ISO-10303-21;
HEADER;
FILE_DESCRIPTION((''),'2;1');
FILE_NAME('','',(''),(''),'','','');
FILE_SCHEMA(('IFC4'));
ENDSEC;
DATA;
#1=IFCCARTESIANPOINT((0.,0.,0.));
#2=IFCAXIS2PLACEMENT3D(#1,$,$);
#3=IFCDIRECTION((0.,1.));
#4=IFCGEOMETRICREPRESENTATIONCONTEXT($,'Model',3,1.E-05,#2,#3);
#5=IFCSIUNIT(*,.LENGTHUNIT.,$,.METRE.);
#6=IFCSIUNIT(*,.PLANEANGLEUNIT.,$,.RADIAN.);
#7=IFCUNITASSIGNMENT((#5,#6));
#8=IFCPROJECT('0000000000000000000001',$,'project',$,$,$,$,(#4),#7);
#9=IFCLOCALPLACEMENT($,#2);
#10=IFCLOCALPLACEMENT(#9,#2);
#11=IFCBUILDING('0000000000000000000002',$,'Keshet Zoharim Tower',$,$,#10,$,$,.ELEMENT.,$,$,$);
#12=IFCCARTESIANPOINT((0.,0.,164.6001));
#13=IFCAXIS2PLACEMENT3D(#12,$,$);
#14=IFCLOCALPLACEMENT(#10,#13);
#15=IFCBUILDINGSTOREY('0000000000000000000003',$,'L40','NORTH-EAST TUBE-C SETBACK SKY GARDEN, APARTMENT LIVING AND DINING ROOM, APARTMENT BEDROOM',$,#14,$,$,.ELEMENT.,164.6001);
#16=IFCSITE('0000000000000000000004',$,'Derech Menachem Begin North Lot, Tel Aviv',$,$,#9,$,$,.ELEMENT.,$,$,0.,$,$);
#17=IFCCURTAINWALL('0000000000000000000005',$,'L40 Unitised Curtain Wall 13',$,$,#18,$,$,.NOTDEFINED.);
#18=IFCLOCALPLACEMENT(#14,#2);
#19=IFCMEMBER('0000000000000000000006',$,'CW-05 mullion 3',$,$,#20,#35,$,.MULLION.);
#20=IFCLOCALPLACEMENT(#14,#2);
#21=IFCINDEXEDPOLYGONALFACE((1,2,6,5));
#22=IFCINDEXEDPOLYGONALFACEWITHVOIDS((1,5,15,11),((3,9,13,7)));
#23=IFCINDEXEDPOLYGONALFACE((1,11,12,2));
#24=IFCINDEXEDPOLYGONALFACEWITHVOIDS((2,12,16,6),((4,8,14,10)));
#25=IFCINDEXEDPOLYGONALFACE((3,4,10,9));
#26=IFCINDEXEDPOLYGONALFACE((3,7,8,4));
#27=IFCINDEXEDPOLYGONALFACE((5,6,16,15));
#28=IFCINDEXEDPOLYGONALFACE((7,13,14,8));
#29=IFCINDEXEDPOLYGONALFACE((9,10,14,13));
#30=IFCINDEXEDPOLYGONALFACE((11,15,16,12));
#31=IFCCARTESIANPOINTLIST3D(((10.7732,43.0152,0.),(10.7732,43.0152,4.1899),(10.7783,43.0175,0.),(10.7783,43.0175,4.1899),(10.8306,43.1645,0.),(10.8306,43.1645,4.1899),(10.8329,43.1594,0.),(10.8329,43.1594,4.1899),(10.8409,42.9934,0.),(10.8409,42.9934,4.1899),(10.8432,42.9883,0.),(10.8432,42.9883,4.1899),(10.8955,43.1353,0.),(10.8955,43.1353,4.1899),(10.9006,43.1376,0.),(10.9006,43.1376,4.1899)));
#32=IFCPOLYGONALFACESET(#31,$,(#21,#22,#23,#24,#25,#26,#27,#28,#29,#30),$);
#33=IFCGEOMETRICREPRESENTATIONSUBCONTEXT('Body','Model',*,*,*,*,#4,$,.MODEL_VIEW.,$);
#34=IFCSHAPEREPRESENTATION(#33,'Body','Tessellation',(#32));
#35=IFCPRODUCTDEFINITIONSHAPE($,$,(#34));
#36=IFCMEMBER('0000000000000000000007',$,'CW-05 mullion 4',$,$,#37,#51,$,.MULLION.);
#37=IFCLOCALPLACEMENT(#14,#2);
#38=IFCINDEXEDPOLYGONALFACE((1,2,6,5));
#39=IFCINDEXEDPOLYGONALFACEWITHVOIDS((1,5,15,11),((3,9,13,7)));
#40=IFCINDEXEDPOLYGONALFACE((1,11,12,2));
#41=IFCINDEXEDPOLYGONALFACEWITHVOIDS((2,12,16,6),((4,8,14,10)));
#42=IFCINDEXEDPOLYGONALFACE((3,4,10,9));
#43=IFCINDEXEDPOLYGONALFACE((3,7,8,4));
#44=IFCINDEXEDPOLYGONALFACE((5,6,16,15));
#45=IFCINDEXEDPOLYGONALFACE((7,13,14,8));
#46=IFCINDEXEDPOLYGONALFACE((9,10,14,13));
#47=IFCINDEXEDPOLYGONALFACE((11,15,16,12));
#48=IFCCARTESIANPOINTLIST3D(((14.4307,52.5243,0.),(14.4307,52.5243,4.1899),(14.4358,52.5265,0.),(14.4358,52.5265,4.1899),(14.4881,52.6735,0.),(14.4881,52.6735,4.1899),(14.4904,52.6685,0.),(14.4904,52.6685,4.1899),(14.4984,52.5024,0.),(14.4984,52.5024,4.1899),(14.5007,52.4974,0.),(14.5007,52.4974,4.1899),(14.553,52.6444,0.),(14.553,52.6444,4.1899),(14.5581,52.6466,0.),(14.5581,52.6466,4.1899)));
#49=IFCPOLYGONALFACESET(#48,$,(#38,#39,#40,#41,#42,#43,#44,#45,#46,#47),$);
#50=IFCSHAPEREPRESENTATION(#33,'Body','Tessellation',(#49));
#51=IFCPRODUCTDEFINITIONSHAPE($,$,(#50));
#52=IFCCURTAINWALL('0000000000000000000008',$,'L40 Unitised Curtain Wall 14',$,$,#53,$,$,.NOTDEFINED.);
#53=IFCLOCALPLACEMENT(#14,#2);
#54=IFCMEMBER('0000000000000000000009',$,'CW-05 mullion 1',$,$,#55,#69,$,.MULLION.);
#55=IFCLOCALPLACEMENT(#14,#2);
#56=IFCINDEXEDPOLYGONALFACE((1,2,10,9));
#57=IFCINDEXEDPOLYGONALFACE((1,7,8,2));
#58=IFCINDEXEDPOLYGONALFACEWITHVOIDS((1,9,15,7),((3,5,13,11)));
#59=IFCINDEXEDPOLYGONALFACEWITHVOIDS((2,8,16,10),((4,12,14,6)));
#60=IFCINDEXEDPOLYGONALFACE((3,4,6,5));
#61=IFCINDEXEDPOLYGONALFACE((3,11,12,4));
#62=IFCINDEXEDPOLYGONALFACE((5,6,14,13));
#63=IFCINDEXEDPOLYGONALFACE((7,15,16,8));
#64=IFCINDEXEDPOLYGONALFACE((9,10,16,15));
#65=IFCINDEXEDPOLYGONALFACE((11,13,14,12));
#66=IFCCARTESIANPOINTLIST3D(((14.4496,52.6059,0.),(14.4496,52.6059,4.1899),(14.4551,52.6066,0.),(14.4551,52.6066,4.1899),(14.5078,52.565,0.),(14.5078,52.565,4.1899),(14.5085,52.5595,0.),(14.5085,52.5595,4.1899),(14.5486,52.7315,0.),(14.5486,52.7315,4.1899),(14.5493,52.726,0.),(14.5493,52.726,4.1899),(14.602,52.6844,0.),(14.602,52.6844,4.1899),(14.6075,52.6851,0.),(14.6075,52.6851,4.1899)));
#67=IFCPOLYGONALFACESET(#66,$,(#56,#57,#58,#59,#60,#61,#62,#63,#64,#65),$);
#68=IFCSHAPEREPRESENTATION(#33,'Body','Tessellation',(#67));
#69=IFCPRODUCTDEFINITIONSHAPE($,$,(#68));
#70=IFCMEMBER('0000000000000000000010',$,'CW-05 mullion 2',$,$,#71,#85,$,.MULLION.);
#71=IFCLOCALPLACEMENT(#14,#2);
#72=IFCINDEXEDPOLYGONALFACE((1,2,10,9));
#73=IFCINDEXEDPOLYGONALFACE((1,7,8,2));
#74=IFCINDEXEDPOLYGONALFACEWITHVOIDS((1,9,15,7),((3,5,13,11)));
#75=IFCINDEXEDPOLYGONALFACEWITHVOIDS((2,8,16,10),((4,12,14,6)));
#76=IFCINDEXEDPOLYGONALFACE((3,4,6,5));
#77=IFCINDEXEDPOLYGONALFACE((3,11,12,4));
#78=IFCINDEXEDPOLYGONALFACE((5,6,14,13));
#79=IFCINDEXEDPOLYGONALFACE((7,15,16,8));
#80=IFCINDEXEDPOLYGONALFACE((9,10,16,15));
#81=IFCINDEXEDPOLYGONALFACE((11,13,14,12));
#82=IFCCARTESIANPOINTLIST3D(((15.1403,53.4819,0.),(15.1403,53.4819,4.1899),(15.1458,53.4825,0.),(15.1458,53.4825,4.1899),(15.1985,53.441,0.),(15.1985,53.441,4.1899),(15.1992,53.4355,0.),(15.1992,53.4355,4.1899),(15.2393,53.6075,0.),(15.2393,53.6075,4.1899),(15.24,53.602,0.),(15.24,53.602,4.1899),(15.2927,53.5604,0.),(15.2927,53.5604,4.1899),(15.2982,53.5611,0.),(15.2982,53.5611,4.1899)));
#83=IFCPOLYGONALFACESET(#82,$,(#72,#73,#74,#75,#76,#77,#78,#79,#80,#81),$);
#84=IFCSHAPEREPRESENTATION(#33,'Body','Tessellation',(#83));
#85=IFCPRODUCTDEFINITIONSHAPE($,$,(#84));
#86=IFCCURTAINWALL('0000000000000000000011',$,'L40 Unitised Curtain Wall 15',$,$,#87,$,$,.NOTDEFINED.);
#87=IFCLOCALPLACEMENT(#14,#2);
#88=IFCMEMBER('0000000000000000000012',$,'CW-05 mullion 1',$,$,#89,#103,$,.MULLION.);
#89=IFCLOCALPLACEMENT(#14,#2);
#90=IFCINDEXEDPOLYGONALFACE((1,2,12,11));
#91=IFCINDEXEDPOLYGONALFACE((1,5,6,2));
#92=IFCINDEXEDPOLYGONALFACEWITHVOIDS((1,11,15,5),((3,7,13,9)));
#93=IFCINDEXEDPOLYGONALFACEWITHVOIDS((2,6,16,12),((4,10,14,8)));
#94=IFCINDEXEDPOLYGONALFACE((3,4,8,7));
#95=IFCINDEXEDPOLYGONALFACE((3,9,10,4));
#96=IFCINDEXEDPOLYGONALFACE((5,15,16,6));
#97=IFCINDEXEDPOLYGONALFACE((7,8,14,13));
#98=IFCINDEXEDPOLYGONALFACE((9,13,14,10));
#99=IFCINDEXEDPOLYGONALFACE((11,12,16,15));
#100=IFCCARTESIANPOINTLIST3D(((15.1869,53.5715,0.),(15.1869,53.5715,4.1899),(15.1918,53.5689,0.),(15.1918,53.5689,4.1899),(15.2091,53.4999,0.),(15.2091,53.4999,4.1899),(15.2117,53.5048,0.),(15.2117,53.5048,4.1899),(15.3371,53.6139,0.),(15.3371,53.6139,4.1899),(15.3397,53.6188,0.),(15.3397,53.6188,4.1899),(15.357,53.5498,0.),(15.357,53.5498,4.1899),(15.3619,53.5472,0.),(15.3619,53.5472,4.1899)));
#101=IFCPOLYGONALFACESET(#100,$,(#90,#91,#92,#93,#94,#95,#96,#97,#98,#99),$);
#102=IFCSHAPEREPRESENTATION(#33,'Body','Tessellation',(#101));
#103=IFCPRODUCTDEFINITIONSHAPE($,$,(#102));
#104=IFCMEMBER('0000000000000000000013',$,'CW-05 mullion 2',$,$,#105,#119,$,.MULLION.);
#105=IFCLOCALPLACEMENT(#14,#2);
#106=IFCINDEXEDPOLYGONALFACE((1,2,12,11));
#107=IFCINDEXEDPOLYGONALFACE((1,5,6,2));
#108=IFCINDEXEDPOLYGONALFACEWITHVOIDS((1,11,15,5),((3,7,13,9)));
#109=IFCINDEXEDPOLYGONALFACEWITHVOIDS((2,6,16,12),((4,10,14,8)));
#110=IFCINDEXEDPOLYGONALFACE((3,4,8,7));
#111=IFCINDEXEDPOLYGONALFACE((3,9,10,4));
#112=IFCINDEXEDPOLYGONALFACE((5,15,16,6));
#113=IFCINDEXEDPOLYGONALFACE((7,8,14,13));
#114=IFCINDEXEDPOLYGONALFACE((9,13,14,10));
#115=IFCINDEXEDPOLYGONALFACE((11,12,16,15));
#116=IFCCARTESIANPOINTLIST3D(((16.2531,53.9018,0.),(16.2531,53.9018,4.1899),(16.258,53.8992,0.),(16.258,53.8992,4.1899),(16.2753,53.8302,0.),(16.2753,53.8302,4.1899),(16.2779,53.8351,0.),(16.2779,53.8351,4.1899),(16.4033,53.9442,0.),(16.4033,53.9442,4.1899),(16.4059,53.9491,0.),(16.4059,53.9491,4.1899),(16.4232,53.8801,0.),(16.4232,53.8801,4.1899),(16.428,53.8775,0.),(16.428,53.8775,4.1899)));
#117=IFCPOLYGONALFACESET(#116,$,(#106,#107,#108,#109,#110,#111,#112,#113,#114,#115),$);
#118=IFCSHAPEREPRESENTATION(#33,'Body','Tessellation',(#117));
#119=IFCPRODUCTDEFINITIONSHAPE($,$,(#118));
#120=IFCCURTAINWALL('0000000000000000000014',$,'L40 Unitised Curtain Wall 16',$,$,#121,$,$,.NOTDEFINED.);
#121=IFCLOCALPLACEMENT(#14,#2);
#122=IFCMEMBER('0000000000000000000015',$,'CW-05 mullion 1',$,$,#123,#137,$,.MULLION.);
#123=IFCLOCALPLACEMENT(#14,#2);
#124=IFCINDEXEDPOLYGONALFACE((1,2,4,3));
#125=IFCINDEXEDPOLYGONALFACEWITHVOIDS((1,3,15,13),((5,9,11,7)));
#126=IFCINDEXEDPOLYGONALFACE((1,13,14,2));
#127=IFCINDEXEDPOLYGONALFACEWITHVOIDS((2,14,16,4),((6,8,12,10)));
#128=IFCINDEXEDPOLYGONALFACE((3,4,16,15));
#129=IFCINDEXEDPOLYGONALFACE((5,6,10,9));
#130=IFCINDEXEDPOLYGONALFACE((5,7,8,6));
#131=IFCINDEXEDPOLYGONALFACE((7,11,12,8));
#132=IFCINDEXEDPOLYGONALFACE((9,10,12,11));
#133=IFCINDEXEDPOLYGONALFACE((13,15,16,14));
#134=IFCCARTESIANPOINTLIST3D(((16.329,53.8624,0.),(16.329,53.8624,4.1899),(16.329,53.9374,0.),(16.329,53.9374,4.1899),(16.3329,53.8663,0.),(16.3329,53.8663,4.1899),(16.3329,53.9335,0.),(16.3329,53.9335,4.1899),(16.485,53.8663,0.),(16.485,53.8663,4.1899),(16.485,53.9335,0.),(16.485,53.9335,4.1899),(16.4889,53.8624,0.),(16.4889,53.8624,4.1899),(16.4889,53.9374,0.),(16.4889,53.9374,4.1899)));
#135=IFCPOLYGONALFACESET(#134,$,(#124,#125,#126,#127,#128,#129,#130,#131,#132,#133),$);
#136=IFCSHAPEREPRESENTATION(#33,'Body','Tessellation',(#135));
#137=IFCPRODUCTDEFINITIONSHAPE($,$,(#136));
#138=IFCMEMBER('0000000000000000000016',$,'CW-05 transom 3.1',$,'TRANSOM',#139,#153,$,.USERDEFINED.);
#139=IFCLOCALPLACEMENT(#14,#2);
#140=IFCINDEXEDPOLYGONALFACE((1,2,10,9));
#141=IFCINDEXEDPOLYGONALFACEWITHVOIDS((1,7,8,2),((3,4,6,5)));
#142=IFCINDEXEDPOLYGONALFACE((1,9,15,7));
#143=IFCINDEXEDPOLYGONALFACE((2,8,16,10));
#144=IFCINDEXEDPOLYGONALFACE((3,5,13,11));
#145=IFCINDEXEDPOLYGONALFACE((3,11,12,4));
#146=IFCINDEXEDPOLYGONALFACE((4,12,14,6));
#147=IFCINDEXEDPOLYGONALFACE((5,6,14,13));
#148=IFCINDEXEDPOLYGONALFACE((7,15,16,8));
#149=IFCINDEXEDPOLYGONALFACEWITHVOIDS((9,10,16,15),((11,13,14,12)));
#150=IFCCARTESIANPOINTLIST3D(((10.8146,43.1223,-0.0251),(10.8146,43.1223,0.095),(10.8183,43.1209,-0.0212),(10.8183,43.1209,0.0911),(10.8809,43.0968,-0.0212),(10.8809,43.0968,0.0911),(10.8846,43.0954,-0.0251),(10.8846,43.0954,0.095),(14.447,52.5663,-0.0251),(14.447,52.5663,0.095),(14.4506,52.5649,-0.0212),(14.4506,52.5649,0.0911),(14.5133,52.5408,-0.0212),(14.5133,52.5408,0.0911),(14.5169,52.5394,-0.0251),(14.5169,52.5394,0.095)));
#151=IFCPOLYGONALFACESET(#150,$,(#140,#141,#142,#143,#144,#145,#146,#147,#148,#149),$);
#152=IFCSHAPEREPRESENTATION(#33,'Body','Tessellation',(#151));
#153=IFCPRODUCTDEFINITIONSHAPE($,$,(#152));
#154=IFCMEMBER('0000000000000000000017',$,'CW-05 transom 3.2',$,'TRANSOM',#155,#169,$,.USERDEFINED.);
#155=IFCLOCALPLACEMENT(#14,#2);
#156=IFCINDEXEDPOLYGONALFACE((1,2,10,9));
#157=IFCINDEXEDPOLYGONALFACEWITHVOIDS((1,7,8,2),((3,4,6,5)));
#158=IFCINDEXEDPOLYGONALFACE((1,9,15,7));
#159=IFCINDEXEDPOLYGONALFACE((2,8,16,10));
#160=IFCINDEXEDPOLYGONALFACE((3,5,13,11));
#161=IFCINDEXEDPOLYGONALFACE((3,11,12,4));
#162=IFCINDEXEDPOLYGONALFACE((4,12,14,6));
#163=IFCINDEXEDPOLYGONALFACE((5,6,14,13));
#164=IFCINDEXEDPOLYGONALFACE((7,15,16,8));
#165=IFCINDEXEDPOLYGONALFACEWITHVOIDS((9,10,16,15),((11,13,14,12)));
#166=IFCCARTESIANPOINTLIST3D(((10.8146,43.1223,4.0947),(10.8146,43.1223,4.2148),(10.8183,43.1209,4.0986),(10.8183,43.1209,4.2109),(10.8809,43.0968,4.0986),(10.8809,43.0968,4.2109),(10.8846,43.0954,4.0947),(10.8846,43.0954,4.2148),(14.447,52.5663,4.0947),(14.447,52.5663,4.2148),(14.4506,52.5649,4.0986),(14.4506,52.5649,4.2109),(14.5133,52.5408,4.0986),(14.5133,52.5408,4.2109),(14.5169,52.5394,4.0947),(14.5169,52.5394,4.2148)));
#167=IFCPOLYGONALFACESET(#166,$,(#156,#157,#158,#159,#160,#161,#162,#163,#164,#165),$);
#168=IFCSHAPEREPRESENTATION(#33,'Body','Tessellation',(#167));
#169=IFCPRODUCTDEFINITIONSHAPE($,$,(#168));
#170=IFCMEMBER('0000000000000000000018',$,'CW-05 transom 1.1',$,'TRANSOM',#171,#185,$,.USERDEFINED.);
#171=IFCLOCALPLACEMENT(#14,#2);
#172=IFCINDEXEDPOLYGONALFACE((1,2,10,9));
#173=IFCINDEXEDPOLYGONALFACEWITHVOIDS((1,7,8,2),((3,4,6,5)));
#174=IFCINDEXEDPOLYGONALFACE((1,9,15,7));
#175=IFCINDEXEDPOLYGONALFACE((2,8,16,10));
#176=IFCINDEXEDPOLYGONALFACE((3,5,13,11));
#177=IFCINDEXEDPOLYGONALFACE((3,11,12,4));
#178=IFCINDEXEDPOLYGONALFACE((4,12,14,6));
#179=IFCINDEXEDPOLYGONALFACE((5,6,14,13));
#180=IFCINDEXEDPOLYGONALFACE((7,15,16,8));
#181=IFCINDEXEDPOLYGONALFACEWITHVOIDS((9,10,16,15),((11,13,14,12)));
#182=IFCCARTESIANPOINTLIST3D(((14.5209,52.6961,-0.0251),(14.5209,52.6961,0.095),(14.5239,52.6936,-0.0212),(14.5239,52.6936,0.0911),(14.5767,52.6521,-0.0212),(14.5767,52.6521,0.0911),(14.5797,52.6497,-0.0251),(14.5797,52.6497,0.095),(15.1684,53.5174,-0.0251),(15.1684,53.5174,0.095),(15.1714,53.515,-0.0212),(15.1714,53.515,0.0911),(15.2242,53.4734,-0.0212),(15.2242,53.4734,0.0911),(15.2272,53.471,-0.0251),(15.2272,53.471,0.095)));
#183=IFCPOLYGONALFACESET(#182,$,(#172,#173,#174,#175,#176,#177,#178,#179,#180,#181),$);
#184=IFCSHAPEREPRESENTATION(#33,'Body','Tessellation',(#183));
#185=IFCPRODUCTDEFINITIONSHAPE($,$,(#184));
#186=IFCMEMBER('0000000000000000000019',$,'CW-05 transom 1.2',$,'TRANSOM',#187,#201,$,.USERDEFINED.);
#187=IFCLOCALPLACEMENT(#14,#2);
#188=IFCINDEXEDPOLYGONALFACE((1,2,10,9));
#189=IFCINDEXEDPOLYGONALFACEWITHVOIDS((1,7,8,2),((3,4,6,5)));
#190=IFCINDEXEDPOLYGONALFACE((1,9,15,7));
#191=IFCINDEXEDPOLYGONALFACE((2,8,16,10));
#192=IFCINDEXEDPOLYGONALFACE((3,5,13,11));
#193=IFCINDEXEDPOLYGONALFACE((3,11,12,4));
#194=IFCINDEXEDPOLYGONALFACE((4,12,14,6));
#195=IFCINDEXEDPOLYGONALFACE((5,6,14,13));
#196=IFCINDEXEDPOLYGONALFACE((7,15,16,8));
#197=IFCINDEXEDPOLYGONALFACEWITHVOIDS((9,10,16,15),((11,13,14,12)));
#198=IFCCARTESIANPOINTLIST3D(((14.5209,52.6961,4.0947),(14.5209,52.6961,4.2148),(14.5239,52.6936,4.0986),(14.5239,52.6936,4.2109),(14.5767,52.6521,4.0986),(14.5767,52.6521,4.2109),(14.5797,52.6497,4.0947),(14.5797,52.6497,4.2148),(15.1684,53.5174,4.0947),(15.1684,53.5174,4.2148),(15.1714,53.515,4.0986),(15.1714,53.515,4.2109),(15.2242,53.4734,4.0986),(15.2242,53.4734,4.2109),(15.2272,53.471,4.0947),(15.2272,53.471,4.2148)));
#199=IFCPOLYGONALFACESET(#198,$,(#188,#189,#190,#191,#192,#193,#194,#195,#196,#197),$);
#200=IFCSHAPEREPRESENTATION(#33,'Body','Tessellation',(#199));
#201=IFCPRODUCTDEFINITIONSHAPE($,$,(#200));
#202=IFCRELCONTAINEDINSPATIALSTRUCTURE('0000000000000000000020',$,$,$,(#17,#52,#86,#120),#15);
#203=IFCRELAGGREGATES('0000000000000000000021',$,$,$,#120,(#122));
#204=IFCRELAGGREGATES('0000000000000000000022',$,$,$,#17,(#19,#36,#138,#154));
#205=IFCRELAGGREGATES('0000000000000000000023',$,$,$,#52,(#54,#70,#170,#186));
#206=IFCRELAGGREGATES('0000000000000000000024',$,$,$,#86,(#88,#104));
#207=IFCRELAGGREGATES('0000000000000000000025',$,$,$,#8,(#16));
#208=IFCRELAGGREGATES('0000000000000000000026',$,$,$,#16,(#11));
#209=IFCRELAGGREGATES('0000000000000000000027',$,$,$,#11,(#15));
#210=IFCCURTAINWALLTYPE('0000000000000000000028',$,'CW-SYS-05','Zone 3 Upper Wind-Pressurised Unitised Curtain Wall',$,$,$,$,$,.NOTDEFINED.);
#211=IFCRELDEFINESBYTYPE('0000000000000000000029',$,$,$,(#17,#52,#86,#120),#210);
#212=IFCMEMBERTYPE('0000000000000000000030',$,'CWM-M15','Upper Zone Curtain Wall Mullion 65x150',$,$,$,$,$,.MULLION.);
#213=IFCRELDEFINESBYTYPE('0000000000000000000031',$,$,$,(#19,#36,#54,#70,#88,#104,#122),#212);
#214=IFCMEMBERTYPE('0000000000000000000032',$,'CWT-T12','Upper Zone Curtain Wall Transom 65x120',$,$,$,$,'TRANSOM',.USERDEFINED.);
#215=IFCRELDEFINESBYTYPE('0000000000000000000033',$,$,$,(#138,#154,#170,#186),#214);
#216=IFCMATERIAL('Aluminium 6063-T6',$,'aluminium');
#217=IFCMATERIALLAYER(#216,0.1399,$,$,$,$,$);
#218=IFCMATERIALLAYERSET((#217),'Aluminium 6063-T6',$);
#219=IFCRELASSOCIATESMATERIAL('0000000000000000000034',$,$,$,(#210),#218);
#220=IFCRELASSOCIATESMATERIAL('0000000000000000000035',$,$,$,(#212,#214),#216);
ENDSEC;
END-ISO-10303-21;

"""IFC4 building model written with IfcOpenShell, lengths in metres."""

from ifc_helpers import new_model, si_unit, direction, frame, origin, origin_2d, place, context, subcontext, project, spatial, hollow_rectangle, extrude, material, layer, layer_set, material_profile, profile_set, type_object, element, aggregate, save


model = new_model("IFC4")

# Units and contexts
model_context = context("Model", 3, precision=1e-05, world=origin(), true_north=direction((0.0, 1.0)))
body_context = subcontext(model_context, "Body", "Model", "MODEL_VIEW")
ifc_project = project(units=[si_unit("LENGTHUNIT", "METRE"), si_unit("PLANEANGLEUNIT", "RADIAN")], contexts=[model_context])

# Site, building, storey
site_placement = place(None, origin())
site = spatial("IfcSite", under=ifc_project, at=site_placement, Name="Derech Menachem Begin North Lot, Tel Aviv", CompositionType="ELEMENT", RefElevation=0.0)
building_placement = place(site_placement, origin())
building = spatial("IfcBuilding", under=site, at=building_placement, Name="Keshet Zoharim Tower", CompositionType="ELEMENT")
storey_placement = place(building_placement, frame((0.0, 0.0, 164.6001)))
storey = spatial("IfcBuildingStorey", under=building, at=storey_placement, Name="L40", Description="NORTH-EAST TUBE-C SETBACK SKY GARDEN, APARTMENT LIVING AND DINING ROOM, APARTMENT BEDROOM", CompositionType="ELEMENT", Elevation=164.6001)

# Curtain walls, members
ifc_material_1 = material(Name="Aluminium 6063-T6", Category="aluminium")
ifc_layer_1 = layer(ifc_material_1, 0.1399)
ifc_layer_set_1 = layer_set([ifc_layer_1], Name="Aluminium 6063-T6")
curtain_wall_type = type_object("IfcCurtainWallType", Name="CW-SYS-05", Description="Zone 3 Upper Wind-Pressurised Unitised Curtain Wall", PredefinedType="NOTDEFINED", material=ifc_layer_set_1)
curtain_wall_1_placement = place(storey_placement, origin())
curtain_wall_1 = element("IfcCurtainWall", 1, at=curtain_wall_1_placement, inside=storey, type_object=curtain_wall_type, Name="L40 Unitised Curtain Wall 13", PredefinedType="NOTDEFINED")
ifc_material_profile_1 = material_profile(ifc_material_1, hollow_rectangle(XDim=0.075, YDim=0.1599, WallThickness=0.0039, at=origin_2d()), Name="MUL-75x160")
ifc_profile_set_1 = profile_set([ifc_material_profile_1], Name="Aluminium 6063-T6")
member_type_1 = type_object("IfcMemberType", Name="CWM-M15", Description="Upper Zone Curtain Wall Mullion 65x150", PredefinedType="MULLION", material=ifc_profile_set_1)
member_1_placement = place(storey_placement, frame((10.8369, 43.0764, 0.0), z_axis=(0.0, 0.0, 1.0), x_axis=(-0.933341, 0.35899, 0.0)))
member_1 = element("IfcMember", 2, at=member_1_placement, type_object=member_type_1, Name="CW-05 mullion 3", PredefinedType="MULLION", context=body_context, shape_type="SweptSolid", body=[
    extrude(hollow_rectangle(XDim=0.075, YDim=0.1599, WallThickness=0.0039, at=origin_2d()), origin(), (0.0, 0.0, 1.0), 4.1899),
])
member_2_placement = place(storey_placement, frame((14.4944, 52.5854, 0.0), z_axis=(0.0, 0.0, 1.0), x_axis=(-0.933341, 0.35899, 0.0)))
member_2 = element("IfcMember", 3, at=member_2_placement, type_object=member_type_1, Name="CW-05 mullion 4", PredefinedType="MULLION", context=body_context, shape_type="SweptSolid", body=[
    extrude(hollow_rectangle(XDim=0.075, YDim=0.1599, WallThickness=0.0039, at=origin_2d()), origin(), (0.0, 0.0, 1.0), 4.1899),
])
curtain_wall_2_placement = place(storey_placement, origin())
curtain_wall_2 = element("IfcCurtainWall", 4, at=curtain_wall_2_placement, inside=storey, type_object=curtain_wall_type, Name="L40 Unitised Curtain Wall 14", PredefinedType="NOTDEFINED")
member_3_placement = place(storey_placement, frame((14.5286, 52.6455, 0.0), z_axis=(0.0, 0.0, 1.0), x_axis=(-0.785293, 0.619125, 0.0)))
member_3 = element("IfcMember", 5, at=member_3_placement, type_object=member_type_1, Name="CW-05 mullion 1", PredefinedType="MULLION", context=body_context, shape_type="SweptSolid", body=[
    extrude(hollow_rectangle(XDim=0.075, YDim=0.1599, WallThickness=0.0039, at=origin_2d()), origin(), (0.0, 0.0, 1.0), 4.1899),
])
member_4_placement = place(storey_placement, frame((15.2192, 53.5215, 0.0), z_axis=(0.0, 0.0, 1.0), x_axis=(-0.785293, 0.619125, 0.0)))
member_4 = element("IfcMember", 6, at=member_4_placement, type_object=member_type_1, Name="CW-05 mullion 2", PredefinedType="MULLION", context=body_context, shape_type="SweptSolid", body=[
    extrude(hollow_rectangle(XDim=0.075, YDim=0.1599, WallThickness=0.0039, at=origin_2d()), origin(), (0.0, 0.0, 1.0), 4.1899),
])
curtain_wall_3_placement = place(storey_placement, origin())
curtain_wall_3 = element("IfcCurtainWall", 7, at=curtain_wall_3_placement, inside=storey, type_object=curtain_wall_type, Name="L40 Unitised Curtain Wall 15", PredefinedType="NOTDEFINED")
member_5_placement = place(storey_placement, frame((15.2744, 53.5593, 0.0), z_axis=(0.0, 0.0, 1.0), x_axis=(-0.295922, 0.955212, 0.0)))
member_5 = element("IfcMember", 8, at=member_5_placement, type_object=member_type_1, Name="CW-05 mullion 1", PredefinedType="MULLION", context=body_context, shape_type="SweptSolid", body=[
    extrude(hollow_rectangle(XDim=0.075, YDim=0.1599, WallThickness=0.0039, at=origin_2d()), origin(), (0.0, 0.0, 1.0), 4.1899),
])
member_6_placement = place(storey_placement, frame((16.3406, 53.8896, 0.0), z_axis=(0.0, 0.0, 1.0), x_axis=(-0.295922, 0.955212, 0.0)))
member_6 = element("IfcMember", 9, at=member_6_placement, type_object=member_type_1, Name="CW-05 mullion 2", PredefinedType="MULLION", context=body_context, shape_type="SweptSolid", body=[
    extrude(hollow_rectangle(XDim=0.075, YDim=0.1599, WallThickness=0.0039, at=origin_2d()), origin(), (0.0, 0.0, 1.0), 4.1899),
])

# Curtain wall, member
curtain_wall_4_placement = place(storey_placement, origin())
curtain_wall_4 = element("IfcCurtainWall", 10, at=curtain_wall_4_placement, inside=storey, type_object=curtain_wall_type, Name="L40 Unitised Curtain Wall 16", PredefinedType="NOTDEFINED")
member_7_placement = place(storey_placement, frame((16.4089, 53.8999, 0.0), z_axis=(0.0, 0.0, 1.0), x_axis=(0.0, 1.0, 0.0)))
member_7 = element("IfcMember", 11, at=member_7_placement, type_object=member_type_1, Name="CW-05 mullion 1", PredefinedType="MULLION", context=body_context, shape_type="SweptSolid", body=[
    extrude(hollow_rectangle(XDim=0.075, YDim=0.1599, WallThickness=0.0039, at=origin_2d()), origin(), (0.0, 0.0, 1.0), 4.1899),
])

# Members
ifc_material_profile_2 = material_profile(ifc_material_1, hollow_rectangle(XDim=0.075, YDim=0.1201, WallThickness=0.0039, at=origin_2d()), Name="TRN-75x120")
ifc_profile_set_2 = profile_set([ifc_material_profile_2], Name="Aluminium 6063-T6")
member_type_2 = type_object("IfcMemberType", Name="CWT-T12", Description="Upper Zone Curtain Wall Transom 65x120", ElementType="TRANSOM", PredefinedType="USERDEFINED", material=ifc_profile_set_2)
member_8_placement = place(storey_placement, frame((10.8496, 43.1089, 0.0349), z_axis=(0.358986, 0.933343, 0.0), x_axis=(-0.933343, 0.358986, 0.0)))
member_8 = element("IfcMember", 12, at=member_8_placement, type_object=member_type_2, Name="CW-05 transom 3.1", ObjectType="TRANSOM", PredefinedType="USERDEFINED", context=body_context, shape_type="SweptSolid", body=[
    extrude(hollow_rectangle(XDim=0.075, YDim=0.1201, WallThickness=0.0039, at=origin_2d()), origin(), (0.0, 0.0, 1.0), 10.1184),
])
member_9_placement = place(storey_placement, frame((10.8496, 43.1089, 4.1548), z_axis=(0.358986, 0.933343, 0.0), x_axis=(-0.933343, 0.358986, 0.0)))
member_9 = element("IfcMember", 13, at=member_9_placement, type_object=member_type_2, Name="CW-05 transom 3.2", ObjectType="TRANSOM", PredefinedType="USERDEFINED", context=body_context, shape_type="SweptSolid", body=[
    extrude(hollow_rectangle(XDim=0.075, YDim=0.1201, WallThickness=0.0039, at=origin_2d()), origin(), (0.0, 0.0, 1.0), 10.1184),
])
member_10_placement = place(storey_placement, frame((14.5503, 52.6729, 0.0349), z_axis=(0.619099, 0.785313, 0.0), x_axis=(-0.785313, 0.619099, 0.0)))
member_10 = element("IfcMember", 14, at=member_10_placement, type_object=member_type_2, Name="CW-05 transom 1.1", ObjectType="TRANSOM", PredefinedType="USERDEFINED", context=body_context, shape_type="SweptSolid", body=[
    extrude(hollow_rectangle(XDim=0.075, YDim=0.1201, WallThickness=0.0039, at=origin_2d()), origin(), (0.0, 0.0, 1.0), 1.0459),
])
member_11_placement = place(storey_placement, frame((14.5503, 52.6729, 4.1548), z_axis=(0.619099, 0.785313, 0.0), x_axis=(-0.785313, 0.619099, 0.0)))
member_11 = element("IfcMember", 15, at=member_11_placement, type_object=member_type_2, Name="CW-05 transom 1.2", ObjectType="TRANSOM", PredefinedType="USERDEFINED", context=body_context, shape_type="SweptSolid", body=[
    extrude(hollow_rectangle(XDim=0.075, YDim=0.1201, WallThickness=0.0039, at=origin_2d()), origin(), (0.0, 0.0, 1.0), 1.0459),
])
aggregate(curtain_wall_4, [member_7])

aggregate(curtain_wall_1, [member_1, member_2, member_8, member_9])
aggregate(curtain_wall_2, [member_3, member_4, member_10, member_11])
aggregate(curtain_wall_3, [member_5, member_6])

save(model, "model.ifc")
